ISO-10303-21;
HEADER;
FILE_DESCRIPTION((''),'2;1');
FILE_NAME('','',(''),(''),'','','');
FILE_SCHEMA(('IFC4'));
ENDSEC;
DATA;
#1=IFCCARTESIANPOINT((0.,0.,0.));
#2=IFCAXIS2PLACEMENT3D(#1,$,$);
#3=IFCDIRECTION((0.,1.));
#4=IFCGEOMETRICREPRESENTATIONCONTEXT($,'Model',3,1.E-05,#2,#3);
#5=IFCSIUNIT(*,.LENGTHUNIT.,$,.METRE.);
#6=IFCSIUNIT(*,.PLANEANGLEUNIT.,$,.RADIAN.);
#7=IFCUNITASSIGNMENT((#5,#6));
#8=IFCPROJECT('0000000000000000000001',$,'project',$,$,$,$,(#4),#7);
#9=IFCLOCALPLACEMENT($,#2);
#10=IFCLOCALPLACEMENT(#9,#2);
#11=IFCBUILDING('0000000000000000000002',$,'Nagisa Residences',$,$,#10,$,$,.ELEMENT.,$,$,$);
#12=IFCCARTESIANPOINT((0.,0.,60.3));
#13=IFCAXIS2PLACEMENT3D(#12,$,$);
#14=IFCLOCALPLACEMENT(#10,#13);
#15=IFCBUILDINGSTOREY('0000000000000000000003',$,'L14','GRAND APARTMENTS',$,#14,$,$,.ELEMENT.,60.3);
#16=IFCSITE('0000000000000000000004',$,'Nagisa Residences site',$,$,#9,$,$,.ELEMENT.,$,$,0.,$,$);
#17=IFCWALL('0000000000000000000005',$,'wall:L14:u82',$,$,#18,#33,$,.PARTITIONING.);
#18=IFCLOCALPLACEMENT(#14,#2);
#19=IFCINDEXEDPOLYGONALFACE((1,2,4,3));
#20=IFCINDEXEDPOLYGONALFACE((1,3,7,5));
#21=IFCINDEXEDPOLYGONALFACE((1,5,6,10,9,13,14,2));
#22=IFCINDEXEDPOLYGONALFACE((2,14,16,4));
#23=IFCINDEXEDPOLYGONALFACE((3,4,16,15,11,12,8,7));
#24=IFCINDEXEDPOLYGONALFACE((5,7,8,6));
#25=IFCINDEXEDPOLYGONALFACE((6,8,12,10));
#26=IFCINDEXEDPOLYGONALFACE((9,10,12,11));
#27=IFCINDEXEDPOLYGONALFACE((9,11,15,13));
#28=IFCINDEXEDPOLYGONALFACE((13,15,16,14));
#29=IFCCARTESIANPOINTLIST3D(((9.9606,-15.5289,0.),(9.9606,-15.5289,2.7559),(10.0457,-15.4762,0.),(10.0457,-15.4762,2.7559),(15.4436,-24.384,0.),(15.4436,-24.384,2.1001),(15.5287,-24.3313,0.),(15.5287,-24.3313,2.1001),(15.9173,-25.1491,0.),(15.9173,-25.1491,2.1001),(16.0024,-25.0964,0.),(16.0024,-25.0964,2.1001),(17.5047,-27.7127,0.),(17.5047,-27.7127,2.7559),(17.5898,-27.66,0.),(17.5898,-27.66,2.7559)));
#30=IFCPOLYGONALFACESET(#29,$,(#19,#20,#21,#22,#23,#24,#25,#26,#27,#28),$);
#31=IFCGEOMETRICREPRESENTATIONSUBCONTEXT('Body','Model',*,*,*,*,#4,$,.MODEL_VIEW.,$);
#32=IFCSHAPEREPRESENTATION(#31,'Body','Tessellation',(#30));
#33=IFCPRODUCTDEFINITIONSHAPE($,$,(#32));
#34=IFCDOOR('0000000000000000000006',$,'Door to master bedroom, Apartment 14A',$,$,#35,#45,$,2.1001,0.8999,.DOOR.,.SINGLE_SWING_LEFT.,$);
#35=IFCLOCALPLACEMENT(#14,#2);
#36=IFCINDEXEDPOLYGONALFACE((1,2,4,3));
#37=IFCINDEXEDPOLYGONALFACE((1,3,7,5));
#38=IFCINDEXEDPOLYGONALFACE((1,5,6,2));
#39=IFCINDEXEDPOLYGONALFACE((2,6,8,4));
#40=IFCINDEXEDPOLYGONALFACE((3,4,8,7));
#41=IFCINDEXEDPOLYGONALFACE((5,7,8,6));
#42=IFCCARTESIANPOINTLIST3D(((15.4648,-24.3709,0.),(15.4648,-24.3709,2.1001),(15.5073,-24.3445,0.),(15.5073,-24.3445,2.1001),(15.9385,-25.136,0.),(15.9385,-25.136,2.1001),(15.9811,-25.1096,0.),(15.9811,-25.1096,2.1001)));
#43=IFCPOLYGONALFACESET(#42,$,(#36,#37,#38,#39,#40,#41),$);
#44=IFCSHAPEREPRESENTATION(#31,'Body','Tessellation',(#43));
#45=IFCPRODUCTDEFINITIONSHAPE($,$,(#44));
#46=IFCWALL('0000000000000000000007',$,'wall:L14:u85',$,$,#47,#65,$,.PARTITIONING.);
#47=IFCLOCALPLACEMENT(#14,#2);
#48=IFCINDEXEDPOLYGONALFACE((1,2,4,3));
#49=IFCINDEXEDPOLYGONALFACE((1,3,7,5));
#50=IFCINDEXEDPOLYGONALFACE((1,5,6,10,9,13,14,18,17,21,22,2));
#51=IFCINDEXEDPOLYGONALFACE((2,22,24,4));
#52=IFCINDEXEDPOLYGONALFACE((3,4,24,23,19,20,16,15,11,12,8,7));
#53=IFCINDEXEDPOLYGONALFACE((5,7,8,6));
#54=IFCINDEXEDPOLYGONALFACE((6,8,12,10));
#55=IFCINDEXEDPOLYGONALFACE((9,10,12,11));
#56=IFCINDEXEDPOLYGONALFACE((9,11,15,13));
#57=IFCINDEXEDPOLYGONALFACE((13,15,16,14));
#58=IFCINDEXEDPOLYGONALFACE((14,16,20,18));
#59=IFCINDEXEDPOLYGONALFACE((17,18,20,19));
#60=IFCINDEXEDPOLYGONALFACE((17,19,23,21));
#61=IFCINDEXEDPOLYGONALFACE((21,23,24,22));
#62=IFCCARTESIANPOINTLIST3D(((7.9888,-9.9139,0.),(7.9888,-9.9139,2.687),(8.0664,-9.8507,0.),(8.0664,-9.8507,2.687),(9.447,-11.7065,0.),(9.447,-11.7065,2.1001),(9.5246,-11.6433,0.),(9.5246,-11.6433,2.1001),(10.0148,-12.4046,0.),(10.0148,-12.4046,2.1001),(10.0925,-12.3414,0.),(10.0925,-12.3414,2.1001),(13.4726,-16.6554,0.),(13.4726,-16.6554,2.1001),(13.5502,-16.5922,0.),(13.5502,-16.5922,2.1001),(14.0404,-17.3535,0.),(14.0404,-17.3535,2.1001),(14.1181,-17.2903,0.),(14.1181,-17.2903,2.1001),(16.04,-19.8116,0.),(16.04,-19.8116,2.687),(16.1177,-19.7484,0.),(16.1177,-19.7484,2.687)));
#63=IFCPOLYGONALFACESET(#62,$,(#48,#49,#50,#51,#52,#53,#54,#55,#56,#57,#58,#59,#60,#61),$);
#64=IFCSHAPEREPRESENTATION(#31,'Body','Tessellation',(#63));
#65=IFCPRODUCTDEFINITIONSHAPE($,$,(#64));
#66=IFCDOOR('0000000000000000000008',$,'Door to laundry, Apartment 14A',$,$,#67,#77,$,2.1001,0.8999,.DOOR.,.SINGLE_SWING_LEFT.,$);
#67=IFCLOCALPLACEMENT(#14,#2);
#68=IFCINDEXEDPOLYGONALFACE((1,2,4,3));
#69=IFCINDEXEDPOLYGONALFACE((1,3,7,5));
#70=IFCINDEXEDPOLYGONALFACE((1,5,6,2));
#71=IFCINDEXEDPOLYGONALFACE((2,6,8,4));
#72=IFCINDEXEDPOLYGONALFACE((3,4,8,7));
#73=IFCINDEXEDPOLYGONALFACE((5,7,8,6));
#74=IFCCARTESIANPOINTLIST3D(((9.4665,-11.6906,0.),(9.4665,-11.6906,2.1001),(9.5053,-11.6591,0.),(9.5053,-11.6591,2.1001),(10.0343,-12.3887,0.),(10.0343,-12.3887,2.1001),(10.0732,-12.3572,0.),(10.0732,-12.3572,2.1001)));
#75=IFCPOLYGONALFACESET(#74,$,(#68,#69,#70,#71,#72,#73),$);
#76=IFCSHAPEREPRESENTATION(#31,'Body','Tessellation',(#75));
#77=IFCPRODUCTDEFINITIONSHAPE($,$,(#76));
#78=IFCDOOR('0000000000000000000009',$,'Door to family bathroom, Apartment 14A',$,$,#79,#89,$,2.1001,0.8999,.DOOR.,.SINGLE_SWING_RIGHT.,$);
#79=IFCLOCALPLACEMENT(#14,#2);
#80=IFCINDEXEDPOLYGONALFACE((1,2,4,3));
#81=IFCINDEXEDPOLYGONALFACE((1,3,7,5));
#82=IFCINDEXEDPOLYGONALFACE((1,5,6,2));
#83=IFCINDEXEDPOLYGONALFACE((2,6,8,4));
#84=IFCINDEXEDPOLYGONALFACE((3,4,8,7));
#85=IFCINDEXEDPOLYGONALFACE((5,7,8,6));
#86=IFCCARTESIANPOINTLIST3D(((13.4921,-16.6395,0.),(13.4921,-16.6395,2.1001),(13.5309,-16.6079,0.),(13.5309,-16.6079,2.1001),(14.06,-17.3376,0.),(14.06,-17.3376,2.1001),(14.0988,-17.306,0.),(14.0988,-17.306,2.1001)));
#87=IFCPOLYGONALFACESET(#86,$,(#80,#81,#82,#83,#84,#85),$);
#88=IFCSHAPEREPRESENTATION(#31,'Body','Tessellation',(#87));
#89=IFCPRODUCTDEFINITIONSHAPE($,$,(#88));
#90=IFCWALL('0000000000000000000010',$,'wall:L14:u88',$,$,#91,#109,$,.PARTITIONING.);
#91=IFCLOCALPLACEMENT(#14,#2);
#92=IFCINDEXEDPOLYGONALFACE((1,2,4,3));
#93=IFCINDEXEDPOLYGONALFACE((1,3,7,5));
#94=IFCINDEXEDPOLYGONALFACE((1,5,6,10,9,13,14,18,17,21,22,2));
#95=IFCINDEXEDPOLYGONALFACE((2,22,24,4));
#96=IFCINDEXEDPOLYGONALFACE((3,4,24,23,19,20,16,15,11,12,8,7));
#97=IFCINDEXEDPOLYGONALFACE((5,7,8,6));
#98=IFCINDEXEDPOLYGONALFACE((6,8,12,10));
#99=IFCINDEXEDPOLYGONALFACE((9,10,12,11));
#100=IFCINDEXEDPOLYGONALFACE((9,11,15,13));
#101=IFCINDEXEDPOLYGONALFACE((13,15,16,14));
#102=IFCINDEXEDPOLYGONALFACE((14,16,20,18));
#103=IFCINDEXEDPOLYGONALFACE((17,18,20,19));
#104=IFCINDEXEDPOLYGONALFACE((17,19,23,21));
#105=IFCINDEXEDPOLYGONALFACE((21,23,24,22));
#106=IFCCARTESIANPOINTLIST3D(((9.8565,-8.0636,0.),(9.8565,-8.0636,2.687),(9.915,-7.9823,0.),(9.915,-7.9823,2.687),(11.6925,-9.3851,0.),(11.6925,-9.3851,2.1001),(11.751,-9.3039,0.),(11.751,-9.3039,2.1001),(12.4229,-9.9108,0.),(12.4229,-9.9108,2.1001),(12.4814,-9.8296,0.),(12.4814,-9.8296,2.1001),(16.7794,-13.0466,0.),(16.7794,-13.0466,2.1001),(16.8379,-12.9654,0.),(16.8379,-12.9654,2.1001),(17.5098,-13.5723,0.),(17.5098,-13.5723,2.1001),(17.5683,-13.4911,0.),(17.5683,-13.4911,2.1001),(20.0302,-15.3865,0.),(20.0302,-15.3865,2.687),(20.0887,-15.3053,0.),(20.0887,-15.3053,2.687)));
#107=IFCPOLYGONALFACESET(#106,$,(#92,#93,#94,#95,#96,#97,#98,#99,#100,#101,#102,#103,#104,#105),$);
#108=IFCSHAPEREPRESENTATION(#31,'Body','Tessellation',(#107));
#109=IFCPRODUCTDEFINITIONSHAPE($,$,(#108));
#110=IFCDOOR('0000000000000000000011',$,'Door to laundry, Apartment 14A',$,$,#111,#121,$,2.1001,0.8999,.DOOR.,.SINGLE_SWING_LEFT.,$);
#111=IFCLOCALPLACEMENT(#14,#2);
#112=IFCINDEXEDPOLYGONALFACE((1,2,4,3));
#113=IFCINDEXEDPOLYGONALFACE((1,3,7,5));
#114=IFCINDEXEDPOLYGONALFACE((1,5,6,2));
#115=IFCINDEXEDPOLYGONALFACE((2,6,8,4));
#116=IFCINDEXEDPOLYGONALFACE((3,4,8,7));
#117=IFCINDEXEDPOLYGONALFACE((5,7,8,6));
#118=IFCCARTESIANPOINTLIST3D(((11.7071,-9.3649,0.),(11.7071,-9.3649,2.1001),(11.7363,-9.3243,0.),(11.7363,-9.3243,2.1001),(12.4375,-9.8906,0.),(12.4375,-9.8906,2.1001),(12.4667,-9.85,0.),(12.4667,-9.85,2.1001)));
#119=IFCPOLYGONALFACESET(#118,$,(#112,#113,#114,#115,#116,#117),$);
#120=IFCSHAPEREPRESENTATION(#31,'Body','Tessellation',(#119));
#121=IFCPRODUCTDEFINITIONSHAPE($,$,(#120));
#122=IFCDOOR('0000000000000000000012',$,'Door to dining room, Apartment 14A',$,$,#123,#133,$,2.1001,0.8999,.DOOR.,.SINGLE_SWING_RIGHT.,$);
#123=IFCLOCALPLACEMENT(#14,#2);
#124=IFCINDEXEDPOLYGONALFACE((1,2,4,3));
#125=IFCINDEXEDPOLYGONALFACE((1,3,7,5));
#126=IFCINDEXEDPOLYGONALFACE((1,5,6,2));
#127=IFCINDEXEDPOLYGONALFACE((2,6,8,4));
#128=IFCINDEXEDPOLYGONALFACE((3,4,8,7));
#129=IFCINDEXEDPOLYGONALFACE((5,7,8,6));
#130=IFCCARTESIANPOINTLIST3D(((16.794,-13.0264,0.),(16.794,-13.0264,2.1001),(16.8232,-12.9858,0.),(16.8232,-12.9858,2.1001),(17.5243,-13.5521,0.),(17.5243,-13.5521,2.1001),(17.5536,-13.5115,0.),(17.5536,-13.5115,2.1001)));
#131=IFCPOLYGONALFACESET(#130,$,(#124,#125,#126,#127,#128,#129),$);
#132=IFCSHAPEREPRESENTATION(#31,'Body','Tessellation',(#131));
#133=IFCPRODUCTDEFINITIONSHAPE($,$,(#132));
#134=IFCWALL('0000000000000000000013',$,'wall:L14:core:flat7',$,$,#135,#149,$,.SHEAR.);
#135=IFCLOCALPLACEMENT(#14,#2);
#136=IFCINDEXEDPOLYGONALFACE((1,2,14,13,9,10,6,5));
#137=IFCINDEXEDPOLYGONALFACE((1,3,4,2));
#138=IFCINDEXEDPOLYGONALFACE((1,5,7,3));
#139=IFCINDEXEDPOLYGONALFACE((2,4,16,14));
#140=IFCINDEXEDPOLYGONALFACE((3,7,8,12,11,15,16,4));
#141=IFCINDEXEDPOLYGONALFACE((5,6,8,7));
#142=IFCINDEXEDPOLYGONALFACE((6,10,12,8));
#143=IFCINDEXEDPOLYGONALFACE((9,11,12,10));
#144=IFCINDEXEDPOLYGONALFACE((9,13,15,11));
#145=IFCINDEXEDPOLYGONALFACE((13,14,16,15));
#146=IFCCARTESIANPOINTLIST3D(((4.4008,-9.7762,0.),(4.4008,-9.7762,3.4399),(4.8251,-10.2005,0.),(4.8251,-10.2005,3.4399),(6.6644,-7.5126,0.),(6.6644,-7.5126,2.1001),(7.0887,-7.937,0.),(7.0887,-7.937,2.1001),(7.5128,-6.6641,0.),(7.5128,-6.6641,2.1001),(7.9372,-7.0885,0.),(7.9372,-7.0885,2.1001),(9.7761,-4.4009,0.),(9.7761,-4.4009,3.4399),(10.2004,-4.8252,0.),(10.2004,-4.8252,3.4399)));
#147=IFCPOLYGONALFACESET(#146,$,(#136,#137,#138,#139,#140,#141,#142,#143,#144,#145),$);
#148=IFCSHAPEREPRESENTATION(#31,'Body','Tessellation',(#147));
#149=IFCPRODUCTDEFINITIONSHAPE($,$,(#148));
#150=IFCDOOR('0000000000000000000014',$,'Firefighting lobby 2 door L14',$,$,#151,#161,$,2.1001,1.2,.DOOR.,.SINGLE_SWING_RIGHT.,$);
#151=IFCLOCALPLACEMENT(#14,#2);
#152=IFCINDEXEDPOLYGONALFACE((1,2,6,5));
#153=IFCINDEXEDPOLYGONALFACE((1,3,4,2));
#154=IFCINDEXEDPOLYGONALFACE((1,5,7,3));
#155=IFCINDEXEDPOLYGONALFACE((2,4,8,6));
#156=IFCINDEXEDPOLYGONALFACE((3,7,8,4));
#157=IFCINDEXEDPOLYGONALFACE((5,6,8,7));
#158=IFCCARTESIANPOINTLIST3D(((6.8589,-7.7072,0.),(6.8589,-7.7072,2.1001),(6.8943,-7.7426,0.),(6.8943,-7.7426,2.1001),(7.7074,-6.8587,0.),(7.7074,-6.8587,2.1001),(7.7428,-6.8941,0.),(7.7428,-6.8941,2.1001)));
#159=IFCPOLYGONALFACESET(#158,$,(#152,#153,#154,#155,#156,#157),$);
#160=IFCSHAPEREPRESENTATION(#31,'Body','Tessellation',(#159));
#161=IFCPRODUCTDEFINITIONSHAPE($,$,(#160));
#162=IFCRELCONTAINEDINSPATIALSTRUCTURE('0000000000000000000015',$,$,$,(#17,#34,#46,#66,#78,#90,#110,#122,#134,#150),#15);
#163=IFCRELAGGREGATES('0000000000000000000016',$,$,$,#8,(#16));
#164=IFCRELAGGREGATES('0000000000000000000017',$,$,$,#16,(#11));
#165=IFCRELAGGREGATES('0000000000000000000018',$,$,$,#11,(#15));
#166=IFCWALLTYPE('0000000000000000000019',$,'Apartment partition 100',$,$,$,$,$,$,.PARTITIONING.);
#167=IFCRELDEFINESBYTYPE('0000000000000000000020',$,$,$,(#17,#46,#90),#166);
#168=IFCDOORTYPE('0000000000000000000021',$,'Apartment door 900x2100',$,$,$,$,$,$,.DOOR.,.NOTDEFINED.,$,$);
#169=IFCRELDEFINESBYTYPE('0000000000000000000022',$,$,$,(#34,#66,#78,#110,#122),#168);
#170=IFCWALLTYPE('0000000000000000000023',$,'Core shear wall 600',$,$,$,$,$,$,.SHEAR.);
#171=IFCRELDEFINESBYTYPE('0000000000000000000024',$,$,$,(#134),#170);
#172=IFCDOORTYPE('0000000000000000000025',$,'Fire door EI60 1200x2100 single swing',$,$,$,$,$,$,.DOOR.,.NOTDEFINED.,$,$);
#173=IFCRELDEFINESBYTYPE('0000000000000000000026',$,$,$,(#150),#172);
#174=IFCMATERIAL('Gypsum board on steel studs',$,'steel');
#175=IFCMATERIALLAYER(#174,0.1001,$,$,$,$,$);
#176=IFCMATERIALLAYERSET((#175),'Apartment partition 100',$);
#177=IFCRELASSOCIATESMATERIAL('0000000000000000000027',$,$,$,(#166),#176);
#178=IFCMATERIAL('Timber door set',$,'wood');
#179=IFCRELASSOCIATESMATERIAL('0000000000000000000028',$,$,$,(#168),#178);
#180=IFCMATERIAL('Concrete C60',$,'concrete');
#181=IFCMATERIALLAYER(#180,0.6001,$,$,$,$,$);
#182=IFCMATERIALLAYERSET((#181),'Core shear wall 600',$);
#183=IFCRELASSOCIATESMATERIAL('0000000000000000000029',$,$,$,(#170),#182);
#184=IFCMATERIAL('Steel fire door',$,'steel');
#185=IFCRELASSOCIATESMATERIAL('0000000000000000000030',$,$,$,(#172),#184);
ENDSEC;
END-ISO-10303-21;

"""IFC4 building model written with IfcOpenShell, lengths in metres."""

from ifc_helpers import new_model, si_unit, direction, frame, frame_2d, origin, place, context, subcontext, project, spatial, rectangle, extrude, material, layer, layer_set, type_object, element, fill, save


model = new_model("IFC4")

# Units and contexts
model_context = context("Model", 3, precision=1e-05, world=origin(), true_north=direction((0.0, 1.0)))
body_context = subcontext(model_context, "Body", "Model", "MODEL_VIEW")
ifc_project = project(units=[si_unit("LENGTHUNIT", "METRE"), si_unit("PLANEANGLEUNIT", "RADIAN")], contexts=[model_context])

# Site, building, storey
site_placement = place(None, origin())
site = spatial("IfcSite", under=ifc_project, at=site_placement, Name="Nagisa Residences site", CompositionType="ELEMENT", RefElevation=0.0)
building_placement = place(site_placement, origin())
building = spatial("IfcBuilding", under=site, at=building_placement, Name="Nagisa Residences", CompositionType="ELEMENT")
storey_placement = place(building_placement, frame((0.0, 0.0, 60.3)))
storey = spatial("IfcBuildingStorey", under=building, at=storey_placement, Name="L14", Description="GRAND APARTMENTS", CompositionType="ELEMENT", Elevation=60.3)

# Shared definitions
ifc_material_1 = material(Name="Gypsum board on steel studs", Category="steel")
ifc_layer_1 = layer(ifc_material_1, 0.1001)
ifc_layer_set_1 = layer_set([ifc_layer_1], Name="Apartment partition 100")
wall_type_1 = type_object("IfcWallType", Name="Apartment partition 100", PredefinedType="PARTITIONING", material=ifc_layer_set_1)
ifc_material_2 = material(Name="Timber door set", Category="wood")
door_type_1 = type_object("IfcDoorType", Name="Apartment door 900x2100", OperationType="NOTDEFINED", PredefinedType="DOOR", material=ifc_material_2)

# Wall, opening, door
wall_1_placement = place(storey_placement, frame((10.0032, -15.5027, 0.0), z_axis=(0.0, 0.0, 1.0), x_axis=(0.526446, -0.850209, 0.0)))
wall_1 = element("IfcWall", 1, at=wall_1_placement, inside=storey, type_object=wall_type_1, Name="wall:L14:u82", PredefinedType="PARTITIONING", context=body_context, shape_type="SweptSolid", body=[
    extrude(rectangle(XDim=14.3303, YDim=0.1001, at=frame_2d((7.165, 0.0))), origin(), (0.0, 0.0, 1.0), 2.7559),
])
opening_1_placement = place(wall_1_placement, frame((10.415, 0.0, 0.0)))
opening_1 = element("IfcOpeningElement", 2, at=opening_1_placement, cuts=wall_1, PredefinedType="OPENING", context=body_context, shape_type="SweptSolid", body=[
    extrude(rectangle(XDim=0.8999, YDim=2.1001, at=frame_2d((0.45, 1.05))), frame((0.0, 0.0601, 0.0), z_axis=(0.0, -1.0, 0.0), x_axis=(1.0, 0.0, 0.0)), (0.0, 0.0, 1.0), 0.1201),
])
door_1_placement = place(opening_1_placement, origin())
door_1 = element("IfcDoor", 3, at=door_1_placement, inside=storey, type_object=door_type_1, Name="Door to master bedroom, Apartment 14A", OperationType="SINGLE_SWING_LEFT", OverallHeight=2.1001, OverallWidth=0.8999, PredefinedType="DOOR", context=body_context, shape_type="SweptSolid", body=[
    extrude(rectangle(XDim=0.8999, YDim=2.1001, at=frame_2d((0.45, 1.05))), frame((0.0, 0.0249, 0.0), z_axis=(0.0, -1.0, 0.0), x_axis=(1.0, 0.0, 0.0)), (0.0, 0.0, 1.0), 0.05),
])
fill(opening_1, door_1)

# Walls, openings, doors
wall_2_placement = place(storey_placement, frame((8.0276, -9.8823, 0.0), z_axis=(0.0, 0.0, 1.0), x_axis=(0.631036, -0.775754, 0.0)))
wall_2 = element("IfcWall", 4, at=wall_2_placement, inside=storey, type_object=wall_type_1, Name="wall:L14:u85", PredefinedType="PARTITIONING", context=body_context, shape_type="SweptSolid", body=[
    extrude(rectangle(XDim=12.7588, YDim=0.1001, at=frame_2d((6.3794, 0.0))), origin(), (0.0, 0.0, 1.0), 2.687),
])
opening_2_placement = place(wall_2_placement, frame((2.3108, 0.0, 0.0)))
opening_2 = element("IfcOpeningElement", 5, at=opening_2_placement, cuts=wall_2, PredefinedType="OPENING", context=body_context, shape_type="SweptSolid", body=[
    extrude(rectangle(XDim=0.8999, YDim=2.1001, at=frame_2d((0.45, 1.05))), frame((0.0, 0.0601, 0.0), z_axis=(0.0, -1.0, 0.0), x_axis=(1.0, 0.0, 0.0)), (0.0, 0.0, 1.0), 0.1201),
])
opening_3_placement = place(wall_2_placement, frame((8.6902, 0.0, 0.0)))
opening_3 = element("IfcOpeningElement", 6, at=opening_3_placement, cuts=wall_2, PredefinedType="OPENING", context=body_context, shape_type="SweptSolid", body=[
    extrude(rectangle(XDim=0.8999, YDim=2.1001, at=frame_2d((0.45, 1.05))), frame((0.0, 0.0601, 0.0), z_axis=(0.0, -1.0, 0.0), x_axis=(1.0, 0.0, 0.0)), (0.0, 0.0, 1.0), 0.1201),
])
door_2_placement = place(opening_2_placement, frame((0.8999, 0.0, 0.0), x_axis=(-1.0, 0.0, 0.0)))
door_2 = element("IfcDoor", 7, at=door_2_placement, inside=storey, type_object=door_type_1, Name="Door to laundry, Apartment 14A", OperationType="SINGLE_SWING_LEFT", OverallHeight=2.1001, OverallWidth=0.8999, PredefinedType="DOOR", context=body_context, shape_type="SweptSolid", body=[
    extrude(rectangle(XDim=0.8999, YDim=2.1001, at=frame_2d((0.45, 1.05))), frame((0.0, 0.0249, 0.0), z_axis=(0.0, -1.0, 0.0), x_axis=(1.0, 0.0, 0.0)), (0.0, 0.0, 1.0), 0.05),
])
fill(opening_2, door_2)
door_3_placement = place(opening_3_placement, frame((0.8999, 0.0, 0.0), x_axis=(-1.0, 0.0, 0.0)))
door_3 = element("IfcDoor", 8, at=door_3_placement, inside=storey, type_object=door_type_1, Name="Door to family bathroom, Apartment 14A", OperationType="SINGLE_SWING_RIGHT", OverallHeight=2.1001, OverallWidth=0.8999, PredefinedType="DOOR", context=body_context, shape_type="SweptSolid", body=[
    extrude(rectangle(XDim=0.8999, YDim=2.1001, at=frame_2d((0.45, 1.05))), frame((0.0, 0.0249, 0.0), z_axis=(0.0, -1.0, 0.0), x_axis=(1.0, 0.0, 0.0)), (0.0, 0.0, 1.0), 0.05),
])
fill(opening_3, door_3)
wall_3_placement = place(storey_placement, frame((9.8857, -8.0229, 0.0), z_axis=(0.0, 0.0, 1.0), x_axis=(0.811616, -0.584191, 0.0)))
wall_3 = element("IfcWall", 9, at=wall_3_placement, inside=storey, type_object=wall_type_1, Name="wall:L14:u88", PredefinedType="PARTITIONING", context=body_context, shape_type="SweptSolid", body=[
    extrude(rectangle(XDim=12.5352, YDim=0.1001, at=frame_2d((6.2676, 0.0))), origin(), (0.0, 0.0, 1.0), 2.687),
])
opening_4_placement = place(wall_3_placement, frame((2.2622, 0.0, 0.0)))
opening_4 = element("IfcOpeningElement", 10, at=opening_4_placement, cuts=wall_3, PredefinedType="OPENING", context=body_context, shape_type="SweptSolid", body=[
    extrude(rectangle(XDim=0.8999, YDim=2.1001, at=frame_2d((0.45, 1.05))), frame((0.0, 0.0601, 0.0), z_axis=(0.0, -1.0, 0.0), x_axis=(1.0, 0.0, 0.0)), (0.0, 0.0, 1.0), 0.1201),
])
opening_5_placement = place(wall_3_placement, frame((8.5298, 0.0, 0.0)))
opening_5 = element("IfcOpeningElement", 11, at=opening_5_placement, cuts=wall_3, PredefinedType="OPENING", context=body_context, shape_type="SweptSolid", body=[
    extrude(rectangle(XDim=0.8999, YDim=2.1001, at=frame_2d((0.45, 1.05))), frame((0.0, 0.0601, 0.0), z_axis=(0.0, -1.0, 0.0), x_axis=(1.0, 0.0, 0.0)), (0.0, 0.0, 1.0), 0.1201),
])
door_4_placement = place(opening_4_placement, origin())
door_4 = element("IfcDoor", 12, at=door_4_placement, inside=storey, type_object=door_type_1, Name="Door to laundry, Apartment 14A", OperationType="SINGLE_SWING_LEFT", OverallHeight=2.1001, OverallWidth=0.8999, PredefinedType="DOOR", context=body_context, shape_type="SweptSolid", body=[
    extrude(rectangle(XDim=0.8999, YDim=2.1001, at=frame_2d((0.45, 1.05))), frame((0.0, 0.0249, 0.0), z_axis=(0.0, -1.0, 0.0), x_axis=(1.0, 0.0, 0.0)), (0.0, 0.0, 1.0), 0.05),
])
fill(opening_4, door_4)
door_5_placement = place(opening_5_placement, origin())
door_5 = element("IfcDoor", 13, at=door_5_placement, inside=storey, type_object=door_type_1, Name="Door to dining room, Apartment 14A", OperationType="SINGLE_SWING_RIGHT", OverallHeight=2.1001, OverallWidth=0.8999, PredefinedType="DOOR", context=body_context, shape_type="SweptSolid", body=[
    extrude(rectangle(XDim=0.8999, YDim=2.1001, at=frame_2d((0.45, 1.05))), frame((0.0, 0.0249, 0.0), z_axis=(0.0, -1.0, 0.0), x_axis=(1.0, 0.0, 0.0)), (0.0, 0.0, 1.0), 0.05),
])
fill(opening_5, door_5)

# Wall, opening, door
ifc_material_3 = material(Name="Concrete C60", Category="concrete")
ifc_layer_2 = layer(ifc_material_3, 0.6001)
ifc_layer_set_2 = layer_set([ifc_layer_2], Name="Core shear wall 600")
wall_type_2 = type_object("IfcWallType", Name="Core shear wall 600", PredefinedType="SHEAR", material=ifc_layer_set_2)
wall_4_placement = place(storey_placement, frame((4.613, -9.9883, 0.0), z_axis=(0.0, 0.0, 1.0), x_axis=(0.707107, 0.707107, 0.0)))
wall_4 = element("IfcWall", 14, at=wall_4_placement, inside=storey, type_object=wall_type_2, Name="wall:L14:core:flat7", PredefinedType="SHEAR", context=body_context, shape_type="SweptSolid", body=[
    extrude(rectangle(XDim=7.6018, YDim=0.6001, at=frame_2d((3.8008, 0.0))), origin(), (0.0, 0.0, 1.0), 3.4399),
])
opening_6_placement = place(wall_4_placement, frame((3.2009, 0.0, 0.0)))
opening_6 = element("IfcOpeningElement", 15, at=opening_6_placement, cuts=wall_4, PredefinedType="OPENING", context=body_context, shape_type="SweptSolid", body=[
    extrude(rectangle(XDim=1.2, YDim=2.1001, at=frame_2d((0.6001, 1.05))), frame((0.0, 0.3101, 0.0), z_axis=(0.0, -1.0, 0.0), x_axis=(1.0, 0.0, 0.0)), (0.0, 0.0, 1.0), 0.6201),
])
ifc_material_4 = material(Name="Steel fire door", Category="steel")
door_type_2 = type_object("IfcDoorType", Name="Fire door EI60 1200x2100 single swing", OperationType="NOTDEFINED", PredefinedType="DOOR", material=ifc_material_4)
door_6_placement = place(opening_6_placement, origin())
door_6 = element("IfcDoor", 16, at=door_6_placement, inside=storey, type_object=door_type_2, Name="Firefighting lobby 2 door L14", OperationType="SINGLE_SWING_RIGHT", OverallHeight=2.1001, OverallWidth=1.2, PredefinedType="DOOR", context=body_context, shape_type="SweptSolid", body=[
    extrude(rectangle(XDim=1.2, YDim=2.1001, at=frame_2d((0.6001, 1.05))), frame((0.0, 0.0249, 0.0), z_axis=(0.0, -1.0, 0.0), x_axis=(1.0, 0.0, 0.0)), (0.0, 0.0, 1.0), 0.05),
])
fill(opening_6, door_6)

save(model, "model.ifc")
